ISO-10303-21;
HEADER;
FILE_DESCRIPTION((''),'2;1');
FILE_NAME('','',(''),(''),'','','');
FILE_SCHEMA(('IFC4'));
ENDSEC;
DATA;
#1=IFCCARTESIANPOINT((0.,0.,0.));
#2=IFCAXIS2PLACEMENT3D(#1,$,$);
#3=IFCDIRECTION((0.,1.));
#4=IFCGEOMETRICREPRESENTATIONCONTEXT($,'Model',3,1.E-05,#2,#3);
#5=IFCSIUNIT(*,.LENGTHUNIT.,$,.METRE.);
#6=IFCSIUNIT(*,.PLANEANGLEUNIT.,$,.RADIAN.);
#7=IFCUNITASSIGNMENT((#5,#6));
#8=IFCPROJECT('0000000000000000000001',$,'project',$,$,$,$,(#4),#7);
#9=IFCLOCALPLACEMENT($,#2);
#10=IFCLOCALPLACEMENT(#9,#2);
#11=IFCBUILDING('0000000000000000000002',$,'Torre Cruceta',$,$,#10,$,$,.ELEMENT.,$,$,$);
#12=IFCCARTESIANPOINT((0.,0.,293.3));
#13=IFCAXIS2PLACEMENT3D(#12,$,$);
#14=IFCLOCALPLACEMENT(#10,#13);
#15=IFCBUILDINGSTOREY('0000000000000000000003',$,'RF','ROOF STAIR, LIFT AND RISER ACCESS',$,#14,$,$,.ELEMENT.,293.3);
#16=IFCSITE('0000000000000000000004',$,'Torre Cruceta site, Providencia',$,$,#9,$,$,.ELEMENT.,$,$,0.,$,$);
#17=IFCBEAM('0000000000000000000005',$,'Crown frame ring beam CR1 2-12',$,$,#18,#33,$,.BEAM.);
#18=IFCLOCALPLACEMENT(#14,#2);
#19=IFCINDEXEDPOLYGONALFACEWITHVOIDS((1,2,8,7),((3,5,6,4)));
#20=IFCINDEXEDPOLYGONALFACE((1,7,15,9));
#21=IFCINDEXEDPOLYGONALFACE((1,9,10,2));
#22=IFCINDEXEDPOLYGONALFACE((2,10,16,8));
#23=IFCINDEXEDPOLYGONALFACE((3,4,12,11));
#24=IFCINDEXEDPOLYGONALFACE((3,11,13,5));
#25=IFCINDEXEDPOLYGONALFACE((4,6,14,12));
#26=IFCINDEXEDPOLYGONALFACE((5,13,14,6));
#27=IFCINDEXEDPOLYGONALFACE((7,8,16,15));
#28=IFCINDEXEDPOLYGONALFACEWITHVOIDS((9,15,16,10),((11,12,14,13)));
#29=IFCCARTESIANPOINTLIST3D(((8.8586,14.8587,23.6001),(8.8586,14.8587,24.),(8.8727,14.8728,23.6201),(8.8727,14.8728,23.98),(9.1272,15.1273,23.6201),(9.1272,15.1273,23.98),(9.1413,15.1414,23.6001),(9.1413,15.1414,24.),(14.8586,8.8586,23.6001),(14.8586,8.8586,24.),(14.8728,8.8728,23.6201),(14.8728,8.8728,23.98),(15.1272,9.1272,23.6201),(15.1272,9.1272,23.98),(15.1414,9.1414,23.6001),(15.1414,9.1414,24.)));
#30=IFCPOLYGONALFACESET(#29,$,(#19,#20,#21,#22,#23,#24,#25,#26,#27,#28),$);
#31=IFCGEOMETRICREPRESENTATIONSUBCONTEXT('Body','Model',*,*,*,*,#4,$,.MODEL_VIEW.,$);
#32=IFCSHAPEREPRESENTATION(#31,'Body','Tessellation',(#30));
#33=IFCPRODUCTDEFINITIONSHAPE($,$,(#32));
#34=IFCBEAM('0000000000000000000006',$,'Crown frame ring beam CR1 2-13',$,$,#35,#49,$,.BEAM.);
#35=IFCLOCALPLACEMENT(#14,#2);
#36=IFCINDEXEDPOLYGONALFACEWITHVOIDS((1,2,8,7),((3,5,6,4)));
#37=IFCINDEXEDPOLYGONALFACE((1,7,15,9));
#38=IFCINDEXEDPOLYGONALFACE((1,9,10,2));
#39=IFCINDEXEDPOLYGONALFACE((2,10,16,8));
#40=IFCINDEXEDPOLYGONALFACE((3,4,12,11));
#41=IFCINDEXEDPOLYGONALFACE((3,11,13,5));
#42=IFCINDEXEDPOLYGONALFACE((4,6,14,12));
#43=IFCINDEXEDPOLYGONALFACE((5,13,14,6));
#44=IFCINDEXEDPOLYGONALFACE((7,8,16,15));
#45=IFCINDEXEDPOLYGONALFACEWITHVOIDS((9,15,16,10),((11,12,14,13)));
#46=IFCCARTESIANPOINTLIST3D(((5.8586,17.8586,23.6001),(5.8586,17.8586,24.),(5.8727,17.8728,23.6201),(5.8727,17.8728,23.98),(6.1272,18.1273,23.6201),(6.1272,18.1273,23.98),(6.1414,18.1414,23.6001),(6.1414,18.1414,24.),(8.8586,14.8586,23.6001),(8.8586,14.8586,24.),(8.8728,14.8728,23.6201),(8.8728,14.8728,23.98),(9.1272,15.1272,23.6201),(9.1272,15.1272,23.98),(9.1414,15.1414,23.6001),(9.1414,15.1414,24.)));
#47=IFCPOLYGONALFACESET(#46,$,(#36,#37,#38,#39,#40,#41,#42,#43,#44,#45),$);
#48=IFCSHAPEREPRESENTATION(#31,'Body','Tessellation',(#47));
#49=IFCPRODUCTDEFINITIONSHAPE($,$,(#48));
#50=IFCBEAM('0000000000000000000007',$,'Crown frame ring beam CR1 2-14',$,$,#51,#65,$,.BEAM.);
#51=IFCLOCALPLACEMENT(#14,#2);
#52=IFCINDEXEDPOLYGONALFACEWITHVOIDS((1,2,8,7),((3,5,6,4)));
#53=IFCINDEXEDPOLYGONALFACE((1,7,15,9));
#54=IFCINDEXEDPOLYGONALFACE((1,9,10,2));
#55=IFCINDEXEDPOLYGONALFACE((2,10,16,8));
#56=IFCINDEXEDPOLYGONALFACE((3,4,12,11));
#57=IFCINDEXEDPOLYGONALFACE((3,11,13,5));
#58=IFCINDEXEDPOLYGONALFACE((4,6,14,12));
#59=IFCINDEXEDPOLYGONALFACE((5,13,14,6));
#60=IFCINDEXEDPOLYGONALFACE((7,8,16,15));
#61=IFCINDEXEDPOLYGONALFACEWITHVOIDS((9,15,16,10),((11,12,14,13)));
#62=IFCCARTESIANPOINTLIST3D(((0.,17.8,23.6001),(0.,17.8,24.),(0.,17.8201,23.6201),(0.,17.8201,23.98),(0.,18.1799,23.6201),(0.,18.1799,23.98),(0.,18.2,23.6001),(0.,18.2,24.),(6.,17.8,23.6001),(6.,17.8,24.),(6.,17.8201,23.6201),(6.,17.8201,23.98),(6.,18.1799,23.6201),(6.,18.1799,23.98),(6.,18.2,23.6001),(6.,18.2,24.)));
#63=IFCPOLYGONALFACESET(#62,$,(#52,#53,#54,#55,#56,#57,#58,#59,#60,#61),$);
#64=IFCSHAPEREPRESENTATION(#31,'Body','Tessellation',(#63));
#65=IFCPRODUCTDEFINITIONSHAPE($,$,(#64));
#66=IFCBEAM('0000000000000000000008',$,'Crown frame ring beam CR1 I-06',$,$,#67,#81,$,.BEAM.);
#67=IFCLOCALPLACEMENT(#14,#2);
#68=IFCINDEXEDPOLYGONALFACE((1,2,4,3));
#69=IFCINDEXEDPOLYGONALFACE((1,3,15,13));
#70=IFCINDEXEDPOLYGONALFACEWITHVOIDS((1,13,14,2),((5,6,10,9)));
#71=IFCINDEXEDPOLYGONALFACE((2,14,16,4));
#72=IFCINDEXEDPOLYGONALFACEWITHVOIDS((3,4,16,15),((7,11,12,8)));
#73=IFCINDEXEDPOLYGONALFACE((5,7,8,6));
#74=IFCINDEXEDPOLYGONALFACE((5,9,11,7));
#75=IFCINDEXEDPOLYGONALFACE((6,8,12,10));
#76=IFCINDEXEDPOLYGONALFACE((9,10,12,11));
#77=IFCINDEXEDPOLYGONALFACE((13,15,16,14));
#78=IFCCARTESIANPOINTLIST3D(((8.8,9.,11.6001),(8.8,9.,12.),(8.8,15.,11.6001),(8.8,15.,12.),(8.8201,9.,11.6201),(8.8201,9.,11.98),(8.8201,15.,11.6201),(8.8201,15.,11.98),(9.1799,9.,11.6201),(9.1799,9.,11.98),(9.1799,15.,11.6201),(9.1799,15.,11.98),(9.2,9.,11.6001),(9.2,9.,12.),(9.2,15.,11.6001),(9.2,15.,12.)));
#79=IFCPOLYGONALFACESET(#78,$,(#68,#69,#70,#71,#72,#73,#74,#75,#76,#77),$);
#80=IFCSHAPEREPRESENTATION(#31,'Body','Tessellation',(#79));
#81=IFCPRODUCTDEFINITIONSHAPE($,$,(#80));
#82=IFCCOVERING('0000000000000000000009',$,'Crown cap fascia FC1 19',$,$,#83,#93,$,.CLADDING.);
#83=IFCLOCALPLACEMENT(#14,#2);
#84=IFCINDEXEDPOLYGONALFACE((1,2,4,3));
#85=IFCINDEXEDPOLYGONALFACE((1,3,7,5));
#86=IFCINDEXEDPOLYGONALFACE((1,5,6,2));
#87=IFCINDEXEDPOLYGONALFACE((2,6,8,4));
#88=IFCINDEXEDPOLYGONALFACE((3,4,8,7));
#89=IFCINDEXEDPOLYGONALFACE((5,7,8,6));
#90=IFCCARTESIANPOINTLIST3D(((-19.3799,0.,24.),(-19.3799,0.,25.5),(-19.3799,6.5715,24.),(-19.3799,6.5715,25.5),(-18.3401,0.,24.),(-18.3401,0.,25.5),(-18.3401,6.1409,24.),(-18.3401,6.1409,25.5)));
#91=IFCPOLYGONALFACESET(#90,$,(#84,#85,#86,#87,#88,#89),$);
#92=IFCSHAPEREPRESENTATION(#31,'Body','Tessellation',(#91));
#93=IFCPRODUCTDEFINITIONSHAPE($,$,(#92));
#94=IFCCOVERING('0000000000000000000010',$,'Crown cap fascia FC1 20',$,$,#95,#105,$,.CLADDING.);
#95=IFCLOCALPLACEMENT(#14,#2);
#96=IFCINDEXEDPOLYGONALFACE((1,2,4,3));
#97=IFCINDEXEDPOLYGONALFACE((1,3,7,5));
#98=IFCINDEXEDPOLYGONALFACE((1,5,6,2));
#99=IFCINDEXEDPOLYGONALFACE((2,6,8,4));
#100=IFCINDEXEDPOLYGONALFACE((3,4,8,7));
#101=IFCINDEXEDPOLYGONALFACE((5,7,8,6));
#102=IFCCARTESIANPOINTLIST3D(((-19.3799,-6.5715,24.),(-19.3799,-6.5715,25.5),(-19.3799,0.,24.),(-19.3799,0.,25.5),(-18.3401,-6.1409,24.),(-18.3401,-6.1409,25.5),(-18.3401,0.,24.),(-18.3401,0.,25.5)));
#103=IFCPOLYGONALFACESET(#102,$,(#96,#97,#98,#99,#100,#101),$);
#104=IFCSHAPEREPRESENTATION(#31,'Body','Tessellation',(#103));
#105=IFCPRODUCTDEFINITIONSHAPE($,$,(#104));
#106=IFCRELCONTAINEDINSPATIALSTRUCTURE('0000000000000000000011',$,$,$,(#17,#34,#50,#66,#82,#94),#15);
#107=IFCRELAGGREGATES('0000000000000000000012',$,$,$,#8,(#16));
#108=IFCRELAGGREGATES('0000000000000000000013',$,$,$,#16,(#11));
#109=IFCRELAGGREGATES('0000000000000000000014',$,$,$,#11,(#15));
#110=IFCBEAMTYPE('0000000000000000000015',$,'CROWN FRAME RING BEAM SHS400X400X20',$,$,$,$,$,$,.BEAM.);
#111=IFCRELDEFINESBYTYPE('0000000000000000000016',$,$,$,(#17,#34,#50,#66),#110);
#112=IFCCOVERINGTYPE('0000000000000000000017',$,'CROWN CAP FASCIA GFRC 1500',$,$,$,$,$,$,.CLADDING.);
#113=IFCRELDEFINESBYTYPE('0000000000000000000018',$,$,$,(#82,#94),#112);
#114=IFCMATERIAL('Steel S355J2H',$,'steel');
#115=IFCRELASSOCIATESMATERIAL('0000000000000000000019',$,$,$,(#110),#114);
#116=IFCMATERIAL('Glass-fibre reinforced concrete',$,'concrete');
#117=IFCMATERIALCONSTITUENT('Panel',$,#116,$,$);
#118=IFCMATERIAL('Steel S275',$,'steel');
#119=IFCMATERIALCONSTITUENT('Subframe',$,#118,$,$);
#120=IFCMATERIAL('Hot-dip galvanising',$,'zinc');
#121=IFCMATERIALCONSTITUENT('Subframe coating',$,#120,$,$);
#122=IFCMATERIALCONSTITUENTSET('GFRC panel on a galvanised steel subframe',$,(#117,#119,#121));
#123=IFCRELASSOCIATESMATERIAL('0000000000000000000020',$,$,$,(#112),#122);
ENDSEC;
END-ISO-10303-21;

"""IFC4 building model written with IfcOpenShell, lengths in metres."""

from ifc_helpers import new_model, si_unit, direction, frame, origin, origin_2d, place, context, subcontext, project, spatial, polyline, hollow_rectangle, outline, extrude, material, constituent, constituent_set, material_profile, profile_set, type_object, element, save


model = new_model("IFC4")

# Units and contexts
model_context = context("Model", 3, precision=1e-05, world=origin(), true_north=direction((0.0, 1.0)))
body_context = subcontext(model_context, "Body", "Model", "MODEL_VIEW")
ifc_project = project(units=[si_unit("LENGTHUNIT", "METRE"), si_unit("PLANEANGLEUNIT", "RADIAN")], contexts=[model_context])

# Site, building, storey
site_placement = place(None, origin())
site = spatial("IfcSite", under=ifc_project, at=site_placement, Name="Torre Cruceta site, Providencia", CompositionType="ELEMENT", RefElevation=0.0)
building_placement = place(site_placement, origin())
building = spatial("IfcBuilding", under=site, at=building_placement, Name="Torre Cruceta", CompositionType="ELEMENT")
storey_placement = place(building_placement, frame((0.0, 0.0, 293.3)))
storey = spatial("IfcBuildingStorey", under=building, at=storey_placement, Name="RF", Description="ROOF STAIR, LIFT AND RISER ACCESS", CompositionType="ELEMENT", Elevation=293.3)

# Beams
ifc_material_1 = material(Name="Steel S355J2H", Category="steel")
ifc_material_profile_1 = material_profile(ifc_material_1, hollow_rectangle(XDim=0.3999, YDim=0.3999, WallThickness=0.02, at=origin_2d()), Name="SHS400X400X20")
ifc_profile_set_1 = profile_set([ifc_material_profile_1], Name="Steel S355J2H")
beam_type = type_object("IfcBeamType", Name="CROWN FRAME RING BEAM SHS400X400X20", PredefinedType="BEAM", material=ifc_profile_set_1)
beam_1_placement = place(storey_placement, frame((15.0, 9.0, 23.8), z_axis=(-0.707107, 0.707107, 0.0), x_axis=(-0.707107, -0.707107, 0.0)))
element("IfcBeam", 1, at=beam_1_placement, inside=storey, type_object=beam_type, Name="Crown frame ring beam CR1 2-12", PredefinedType="BEAM", context=body_context, shape_type="SweptSolid", body=[
    extrude(hollow_rectangle(XDim=0.3999, YDim=0.3999, WallThickness=0.02, at=origin_2d()), origin(), (0.0, 0.0, 1.0), 8.4854),
])
beam_2_placement = place(storey_placement, frame((9.0, 15.0, 23.8), z_axis=(-0.707107, 0.707107, 0.0), x_axis=(-0.707107, -0.707107, 0.0)))
element("IfcBeam", 2, at=beam_2_placement, inside=storey, type_object=beam_type, Name="Crown frame ring beam CR1 2-13", PredefinedType="BEAM", context=body_context, shape_type="SweptSolid", body=[
    extrude(hollow_rectangle(XDim=0.3999, YDim=0.3999, WallThickness=0.02, at=origin_2d()), origin(), (0.0, 0.0, 1.0), 4.2427),
])
for number, where, z_axis, x_axis, name in (
    (3, (6.0, 18.0, 23.8), (-1.0, 0.0, 0.0), (0.0, -1.0, 0.0), "Crown frame ring beam CR1 2-14"),
    (4, (9.0, 9.0, 11.8), (0.0, 1.0, 0.0), (-1.0, 0.0, 0.0), "Crown frame ring beam CR1 I-06"),
):
    element("IfcBeam", number, at=place(storey_placement, frame(where, z_axis=z_axis, x_axis=x_axis)), inside=storey, type_object=beam_type, Name=name, PredefinedType="BEAM", context=body_context, shape_type="SweptSolid", body=[
        extrude(hollow_rectangle(XDim=0.3999, YDim=0.3999, WallThickness=0.02, at=origin_2d()), origin(), (0.0, 0.0, 1.0), 6.0),
    ])

# Coverings
ifc_material_2 = material(Name="Glass-fibre reinforced concrete", Category="concrete")
ifc_constituent_1 = constituent(ifc_material_2, Name="Panel")
ifc_material_3 = material(Name="Steel S275", Category="steel")
ifc_constituent_2 = constituent(ifc_material_3, Name="Subframe")
ifc_material_4 = material(Name="Hot-dip galvanising", Category="zinc")
ifc_constituent_3 = constituent(ifc_material_4, Name="Subframe coating")
ifc_constituent_set = constituent_set(constituents=[ifc_constituent_1, ifc_constituent_2, ifc_constituent_3], Name="GFRC panel on a galvanised steel subframe")
covering_type = type_object("IfcCoveringType", Name="CROWN CAP FASCIA GFRC 1500", PredefinedType="CLADDING", material=ifc_constituent_set)
covering_1_placement = place(storey_placement, frame((0.0, 0.0, 24.0)))
element("IfcCovering", 5, at=covering_1_placement, inside=storey, type_object=covering_type, Name="Crown cap fascia FC1 19", PredefinedType="CLADDING", context=body_context, shape_type="SweptSolid", body=[
    extrude(outline(polyline([(-19.3799, 6.5715), (-19.3799, 0.0), (-18.3401, 0.0), (-18.3401, 6.1409), (-19.3799, 6.5715)])), origin(), (0.0, 0.0, 1.0), 1.5),
])
covering_2_placement = place(storey_placement, frame((0.0, 0.0, 24.0)))
element("IfcCovering", 6, at=covering_2_placement, inside=storey, type_object=covering_type, Name="Crown cap fascia FC1 20", PredefinedType="CLADDING", context=body_context, shape_type="SweptSolid", body=[
    extrude(outline(polyline([(-19.3799, 0.0), (-19.3799, -6.5715), (-18.3401, -6.1409), (-18.3401, 0.0), (-19.3799, 0.0)])), origin(), (0.0, 0.0, 1.0), 1.5),
])

save(model, "model.ifc")
